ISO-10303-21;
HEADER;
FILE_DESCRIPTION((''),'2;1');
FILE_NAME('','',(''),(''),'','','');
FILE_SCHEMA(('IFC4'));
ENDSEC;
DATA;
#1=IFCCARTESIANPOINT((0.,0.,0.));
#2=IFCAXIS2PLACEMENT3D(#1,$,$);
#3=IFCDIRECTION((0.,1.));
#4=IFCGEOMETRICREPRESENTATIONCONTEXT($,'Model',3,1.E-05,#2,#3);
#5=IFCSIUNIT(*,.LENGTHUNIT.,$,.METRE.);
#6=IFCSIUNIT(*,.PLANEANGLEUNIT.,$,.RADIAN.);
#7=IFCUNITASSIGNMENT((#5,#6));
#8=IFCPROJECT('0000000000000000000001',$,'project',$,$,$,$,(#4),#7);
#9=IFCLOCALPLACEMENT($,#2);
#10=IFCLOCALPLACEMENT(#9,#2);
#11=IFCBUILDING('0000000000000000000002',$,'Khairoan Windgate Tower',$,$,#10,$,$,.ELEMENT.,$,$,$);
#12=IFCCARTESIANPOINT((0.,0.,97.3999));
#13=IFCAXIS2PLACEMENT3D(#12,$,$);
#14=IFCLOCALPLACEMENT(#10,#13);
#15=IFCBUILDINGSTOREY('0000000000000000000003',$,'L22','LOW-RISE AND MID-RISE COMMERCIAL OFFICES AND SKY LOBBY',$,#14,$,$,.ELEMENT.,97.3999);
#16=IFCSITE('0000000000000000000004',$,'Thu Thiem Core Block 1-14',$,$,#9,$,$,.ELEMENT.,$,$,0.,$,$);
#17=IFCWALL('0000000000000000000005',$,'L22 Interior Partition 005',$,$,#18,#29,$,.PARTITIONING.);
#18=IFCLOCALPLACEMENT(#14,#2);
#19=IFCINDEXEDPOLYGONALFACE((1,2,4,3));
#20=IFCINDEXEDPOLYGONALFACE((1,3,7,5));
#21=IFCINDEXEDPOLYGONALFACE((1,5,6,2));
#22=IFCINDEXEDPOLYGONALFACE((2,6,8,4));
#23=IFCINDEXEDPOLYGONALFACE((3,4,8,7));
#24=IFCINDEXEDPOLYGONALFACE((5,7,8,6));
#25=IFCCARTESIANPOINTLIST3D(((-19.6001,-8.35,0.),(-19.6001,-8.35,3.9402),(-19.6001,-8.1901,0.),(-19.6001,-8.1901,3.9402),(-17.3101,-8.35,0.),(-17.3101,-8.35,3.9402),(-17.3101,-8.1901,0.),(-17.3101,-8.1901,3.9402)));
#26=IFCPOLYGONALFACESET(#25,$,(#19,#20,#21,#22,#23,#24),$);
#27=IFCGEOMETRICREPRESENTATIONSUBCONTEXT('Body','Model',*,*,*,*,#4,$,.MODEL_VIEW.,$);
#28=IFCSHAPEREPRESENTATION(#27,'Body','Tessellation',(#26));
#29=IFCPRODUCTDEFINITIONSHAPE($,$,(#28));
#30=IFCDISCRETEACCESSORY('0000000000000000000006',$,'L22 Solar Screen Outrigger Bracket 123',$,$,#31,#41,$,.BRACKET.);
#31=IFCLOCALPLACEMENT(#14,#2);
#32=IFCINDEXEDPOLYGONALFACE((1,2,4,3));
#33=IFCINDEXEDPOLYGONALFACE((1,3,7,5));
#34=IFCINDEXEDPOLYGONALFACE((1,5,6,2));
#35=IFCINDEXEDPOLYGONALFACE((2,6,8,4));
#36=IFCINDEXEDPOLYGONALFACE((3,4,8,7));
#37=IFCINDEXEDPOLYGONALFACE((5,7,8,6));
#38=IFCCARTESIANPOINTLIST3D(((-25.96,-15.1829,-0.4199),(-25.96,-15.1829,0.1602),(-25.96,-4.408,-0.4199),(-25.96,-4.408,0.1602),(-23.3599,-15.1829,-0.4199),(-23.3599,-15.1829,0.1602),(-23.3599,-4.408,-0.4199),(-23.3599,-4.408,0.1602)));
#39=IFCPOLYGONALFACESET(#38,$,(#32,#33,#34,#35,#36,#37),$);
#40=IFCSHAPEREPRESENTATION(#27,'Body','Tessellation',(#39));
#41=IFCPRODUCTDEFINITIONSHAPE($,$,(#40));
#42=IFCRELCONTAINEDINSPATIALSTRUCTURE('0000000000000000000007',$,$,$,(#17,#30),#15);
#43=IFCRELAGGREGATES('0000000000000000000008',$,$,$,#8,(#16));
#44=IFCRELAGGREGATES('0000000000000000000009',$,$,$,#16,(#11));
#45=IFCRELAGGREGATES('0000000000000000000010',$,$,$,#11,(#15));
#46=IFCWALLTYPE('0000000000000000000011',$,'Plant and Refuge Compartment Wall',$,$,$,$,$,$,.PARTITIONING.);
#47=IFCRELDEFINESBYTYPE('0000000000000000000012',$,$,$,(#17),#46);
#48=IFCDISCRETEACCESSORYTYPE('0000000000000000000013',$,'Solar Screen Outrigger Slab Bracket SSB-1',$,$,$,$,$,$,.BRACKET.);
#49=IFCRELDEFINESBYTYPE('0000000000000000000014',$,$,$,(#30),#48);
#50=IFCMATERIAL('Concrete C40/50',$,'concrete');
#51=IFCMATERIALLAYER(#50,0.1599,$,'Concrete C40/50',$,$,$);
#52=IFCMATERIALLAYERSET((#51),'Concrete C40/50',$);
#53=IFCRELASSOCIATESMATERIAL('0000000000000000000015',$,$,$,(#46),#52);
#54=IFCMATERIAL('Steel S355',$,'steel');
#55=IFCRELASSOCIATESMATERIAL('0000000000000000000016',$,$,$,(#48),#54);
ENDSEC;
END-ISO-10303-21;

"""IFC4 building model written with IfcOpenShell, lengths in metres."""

from ifc_helpers import new_model, si_unit, direction, frame, frame_2d, origin, origin_2d, place, context, subcontext, project, spatial, rectangle, extrude, material, layer, layer_set, type_object, element, save


model = new_model("IFC4")

# Units and contexts
model_context = context("Model", 3, precision=1e-05, world=origin(), true_north=direction((0.0, 1.0)))
body_context = subcontext(model_context, "Body", "Model", "MODEL_VIEW")
ifc_project = project(units=[si_unit("LENGTHUNIT", "METRE"), si_unit("PLANEANGLEUNIT", "RADIAN")], contexts=[model_context])

# Site, building, storey
site_placement = place(None, origin())
site = spatial("IfcSite", under=ifc_project, at=site_placement, Name="Thu Thiem Core Block 1-14", CompositionType="ELEMENT", RefElevation=0.0)
building_placement = place(site_placement, origin())
building = spatial("IfcBuilding", under=site, at=building_placement, Name="Khairoan Windgate Tower", CompositionType="ELEMENT")
storey_placement = place(building_placement, frame((0.0, 0.0, 97.3999)))
storey = spatial("IfcBuildingStorey", under=building, at=storey_placement, Name="L22", Description="LOW-RISE AND MID-RISE COMMERCIAL OFFICES AND SKY LOBBY", CompositionType="ELEMENT", Elevation=97.3999)

# Shared definitions
ifc_material_1 = material(Name="Concrete C40/50", Category="concrete")
ifc_layer_1 = layer(ifc_material_1, 0.1599, Name="Concrete C40/50")
ifc_layer_set_1 = layer_set([ifc_layer_1], Name="Concrete C40/50")
wall_type_1 = type_object("IfcWallType", Name="Plant and Refuge Compartment Wall", PredefinedType="PARTITIONING", material=ifc_layer_set_1)

# Wall
for number, where, z_axis, x_axis, name in (
    (1, (-19.6001, -8.27, 0.0), (0.0, 0.0, 1.0), (1.0, 0.0, 0.0), "L22 Interior Partition 005"),
):
    element("IfcWall", number, at=place(storey_placement, frame(where, z_axis=z_axis, x_axis=x_axis)), inside=storey, type_object=wall_type_1, Name=name, PredefinedType="PARTITIONING", context=body_context, shape_type="SweptSolid", body=[
        extrude(rectangle(XDim=2.29, YDim=0.1599, at=frame_2d((1.145, 0.0))), origin(), (0.0, 0.0, 1.0), 3.9402),
    ])

# Discrete accessory
ifc_material_2 = material(Name="Steel S355", Category="steel")
discrete_accessory_type = type_object("IfcDiscreteAccessoryType", Name="Solar Screen Outrigger Slab Bracket SSB-1", PredefinedType="BRACKET", material=ifc_material_2)
discrete_accessory_placement = place(storey_placement, frame((-24.6599, -9.7954, -0.4199), z_axis=(0.0, 0.0, 1.0), x_axis=(0.0, 1.0, 0.0)))
element("IfcDiscreteAccessory", 2, at=discrete_accessory_placement, inside=storey, type_object=discrete_accessory_type, Name="L22 Solar Screen Outrigger Bracket 123", PredefinedType="BRACKET", context=body_context, shape_type="SweptSolid", body=[
    extrude(rectangle(XDim=10.7749, YDim=2.6001, at=origin_2d()), origin(), (0.0, 0.0, 1.0), 0.5801),
])

save(model, "model.ifc")
